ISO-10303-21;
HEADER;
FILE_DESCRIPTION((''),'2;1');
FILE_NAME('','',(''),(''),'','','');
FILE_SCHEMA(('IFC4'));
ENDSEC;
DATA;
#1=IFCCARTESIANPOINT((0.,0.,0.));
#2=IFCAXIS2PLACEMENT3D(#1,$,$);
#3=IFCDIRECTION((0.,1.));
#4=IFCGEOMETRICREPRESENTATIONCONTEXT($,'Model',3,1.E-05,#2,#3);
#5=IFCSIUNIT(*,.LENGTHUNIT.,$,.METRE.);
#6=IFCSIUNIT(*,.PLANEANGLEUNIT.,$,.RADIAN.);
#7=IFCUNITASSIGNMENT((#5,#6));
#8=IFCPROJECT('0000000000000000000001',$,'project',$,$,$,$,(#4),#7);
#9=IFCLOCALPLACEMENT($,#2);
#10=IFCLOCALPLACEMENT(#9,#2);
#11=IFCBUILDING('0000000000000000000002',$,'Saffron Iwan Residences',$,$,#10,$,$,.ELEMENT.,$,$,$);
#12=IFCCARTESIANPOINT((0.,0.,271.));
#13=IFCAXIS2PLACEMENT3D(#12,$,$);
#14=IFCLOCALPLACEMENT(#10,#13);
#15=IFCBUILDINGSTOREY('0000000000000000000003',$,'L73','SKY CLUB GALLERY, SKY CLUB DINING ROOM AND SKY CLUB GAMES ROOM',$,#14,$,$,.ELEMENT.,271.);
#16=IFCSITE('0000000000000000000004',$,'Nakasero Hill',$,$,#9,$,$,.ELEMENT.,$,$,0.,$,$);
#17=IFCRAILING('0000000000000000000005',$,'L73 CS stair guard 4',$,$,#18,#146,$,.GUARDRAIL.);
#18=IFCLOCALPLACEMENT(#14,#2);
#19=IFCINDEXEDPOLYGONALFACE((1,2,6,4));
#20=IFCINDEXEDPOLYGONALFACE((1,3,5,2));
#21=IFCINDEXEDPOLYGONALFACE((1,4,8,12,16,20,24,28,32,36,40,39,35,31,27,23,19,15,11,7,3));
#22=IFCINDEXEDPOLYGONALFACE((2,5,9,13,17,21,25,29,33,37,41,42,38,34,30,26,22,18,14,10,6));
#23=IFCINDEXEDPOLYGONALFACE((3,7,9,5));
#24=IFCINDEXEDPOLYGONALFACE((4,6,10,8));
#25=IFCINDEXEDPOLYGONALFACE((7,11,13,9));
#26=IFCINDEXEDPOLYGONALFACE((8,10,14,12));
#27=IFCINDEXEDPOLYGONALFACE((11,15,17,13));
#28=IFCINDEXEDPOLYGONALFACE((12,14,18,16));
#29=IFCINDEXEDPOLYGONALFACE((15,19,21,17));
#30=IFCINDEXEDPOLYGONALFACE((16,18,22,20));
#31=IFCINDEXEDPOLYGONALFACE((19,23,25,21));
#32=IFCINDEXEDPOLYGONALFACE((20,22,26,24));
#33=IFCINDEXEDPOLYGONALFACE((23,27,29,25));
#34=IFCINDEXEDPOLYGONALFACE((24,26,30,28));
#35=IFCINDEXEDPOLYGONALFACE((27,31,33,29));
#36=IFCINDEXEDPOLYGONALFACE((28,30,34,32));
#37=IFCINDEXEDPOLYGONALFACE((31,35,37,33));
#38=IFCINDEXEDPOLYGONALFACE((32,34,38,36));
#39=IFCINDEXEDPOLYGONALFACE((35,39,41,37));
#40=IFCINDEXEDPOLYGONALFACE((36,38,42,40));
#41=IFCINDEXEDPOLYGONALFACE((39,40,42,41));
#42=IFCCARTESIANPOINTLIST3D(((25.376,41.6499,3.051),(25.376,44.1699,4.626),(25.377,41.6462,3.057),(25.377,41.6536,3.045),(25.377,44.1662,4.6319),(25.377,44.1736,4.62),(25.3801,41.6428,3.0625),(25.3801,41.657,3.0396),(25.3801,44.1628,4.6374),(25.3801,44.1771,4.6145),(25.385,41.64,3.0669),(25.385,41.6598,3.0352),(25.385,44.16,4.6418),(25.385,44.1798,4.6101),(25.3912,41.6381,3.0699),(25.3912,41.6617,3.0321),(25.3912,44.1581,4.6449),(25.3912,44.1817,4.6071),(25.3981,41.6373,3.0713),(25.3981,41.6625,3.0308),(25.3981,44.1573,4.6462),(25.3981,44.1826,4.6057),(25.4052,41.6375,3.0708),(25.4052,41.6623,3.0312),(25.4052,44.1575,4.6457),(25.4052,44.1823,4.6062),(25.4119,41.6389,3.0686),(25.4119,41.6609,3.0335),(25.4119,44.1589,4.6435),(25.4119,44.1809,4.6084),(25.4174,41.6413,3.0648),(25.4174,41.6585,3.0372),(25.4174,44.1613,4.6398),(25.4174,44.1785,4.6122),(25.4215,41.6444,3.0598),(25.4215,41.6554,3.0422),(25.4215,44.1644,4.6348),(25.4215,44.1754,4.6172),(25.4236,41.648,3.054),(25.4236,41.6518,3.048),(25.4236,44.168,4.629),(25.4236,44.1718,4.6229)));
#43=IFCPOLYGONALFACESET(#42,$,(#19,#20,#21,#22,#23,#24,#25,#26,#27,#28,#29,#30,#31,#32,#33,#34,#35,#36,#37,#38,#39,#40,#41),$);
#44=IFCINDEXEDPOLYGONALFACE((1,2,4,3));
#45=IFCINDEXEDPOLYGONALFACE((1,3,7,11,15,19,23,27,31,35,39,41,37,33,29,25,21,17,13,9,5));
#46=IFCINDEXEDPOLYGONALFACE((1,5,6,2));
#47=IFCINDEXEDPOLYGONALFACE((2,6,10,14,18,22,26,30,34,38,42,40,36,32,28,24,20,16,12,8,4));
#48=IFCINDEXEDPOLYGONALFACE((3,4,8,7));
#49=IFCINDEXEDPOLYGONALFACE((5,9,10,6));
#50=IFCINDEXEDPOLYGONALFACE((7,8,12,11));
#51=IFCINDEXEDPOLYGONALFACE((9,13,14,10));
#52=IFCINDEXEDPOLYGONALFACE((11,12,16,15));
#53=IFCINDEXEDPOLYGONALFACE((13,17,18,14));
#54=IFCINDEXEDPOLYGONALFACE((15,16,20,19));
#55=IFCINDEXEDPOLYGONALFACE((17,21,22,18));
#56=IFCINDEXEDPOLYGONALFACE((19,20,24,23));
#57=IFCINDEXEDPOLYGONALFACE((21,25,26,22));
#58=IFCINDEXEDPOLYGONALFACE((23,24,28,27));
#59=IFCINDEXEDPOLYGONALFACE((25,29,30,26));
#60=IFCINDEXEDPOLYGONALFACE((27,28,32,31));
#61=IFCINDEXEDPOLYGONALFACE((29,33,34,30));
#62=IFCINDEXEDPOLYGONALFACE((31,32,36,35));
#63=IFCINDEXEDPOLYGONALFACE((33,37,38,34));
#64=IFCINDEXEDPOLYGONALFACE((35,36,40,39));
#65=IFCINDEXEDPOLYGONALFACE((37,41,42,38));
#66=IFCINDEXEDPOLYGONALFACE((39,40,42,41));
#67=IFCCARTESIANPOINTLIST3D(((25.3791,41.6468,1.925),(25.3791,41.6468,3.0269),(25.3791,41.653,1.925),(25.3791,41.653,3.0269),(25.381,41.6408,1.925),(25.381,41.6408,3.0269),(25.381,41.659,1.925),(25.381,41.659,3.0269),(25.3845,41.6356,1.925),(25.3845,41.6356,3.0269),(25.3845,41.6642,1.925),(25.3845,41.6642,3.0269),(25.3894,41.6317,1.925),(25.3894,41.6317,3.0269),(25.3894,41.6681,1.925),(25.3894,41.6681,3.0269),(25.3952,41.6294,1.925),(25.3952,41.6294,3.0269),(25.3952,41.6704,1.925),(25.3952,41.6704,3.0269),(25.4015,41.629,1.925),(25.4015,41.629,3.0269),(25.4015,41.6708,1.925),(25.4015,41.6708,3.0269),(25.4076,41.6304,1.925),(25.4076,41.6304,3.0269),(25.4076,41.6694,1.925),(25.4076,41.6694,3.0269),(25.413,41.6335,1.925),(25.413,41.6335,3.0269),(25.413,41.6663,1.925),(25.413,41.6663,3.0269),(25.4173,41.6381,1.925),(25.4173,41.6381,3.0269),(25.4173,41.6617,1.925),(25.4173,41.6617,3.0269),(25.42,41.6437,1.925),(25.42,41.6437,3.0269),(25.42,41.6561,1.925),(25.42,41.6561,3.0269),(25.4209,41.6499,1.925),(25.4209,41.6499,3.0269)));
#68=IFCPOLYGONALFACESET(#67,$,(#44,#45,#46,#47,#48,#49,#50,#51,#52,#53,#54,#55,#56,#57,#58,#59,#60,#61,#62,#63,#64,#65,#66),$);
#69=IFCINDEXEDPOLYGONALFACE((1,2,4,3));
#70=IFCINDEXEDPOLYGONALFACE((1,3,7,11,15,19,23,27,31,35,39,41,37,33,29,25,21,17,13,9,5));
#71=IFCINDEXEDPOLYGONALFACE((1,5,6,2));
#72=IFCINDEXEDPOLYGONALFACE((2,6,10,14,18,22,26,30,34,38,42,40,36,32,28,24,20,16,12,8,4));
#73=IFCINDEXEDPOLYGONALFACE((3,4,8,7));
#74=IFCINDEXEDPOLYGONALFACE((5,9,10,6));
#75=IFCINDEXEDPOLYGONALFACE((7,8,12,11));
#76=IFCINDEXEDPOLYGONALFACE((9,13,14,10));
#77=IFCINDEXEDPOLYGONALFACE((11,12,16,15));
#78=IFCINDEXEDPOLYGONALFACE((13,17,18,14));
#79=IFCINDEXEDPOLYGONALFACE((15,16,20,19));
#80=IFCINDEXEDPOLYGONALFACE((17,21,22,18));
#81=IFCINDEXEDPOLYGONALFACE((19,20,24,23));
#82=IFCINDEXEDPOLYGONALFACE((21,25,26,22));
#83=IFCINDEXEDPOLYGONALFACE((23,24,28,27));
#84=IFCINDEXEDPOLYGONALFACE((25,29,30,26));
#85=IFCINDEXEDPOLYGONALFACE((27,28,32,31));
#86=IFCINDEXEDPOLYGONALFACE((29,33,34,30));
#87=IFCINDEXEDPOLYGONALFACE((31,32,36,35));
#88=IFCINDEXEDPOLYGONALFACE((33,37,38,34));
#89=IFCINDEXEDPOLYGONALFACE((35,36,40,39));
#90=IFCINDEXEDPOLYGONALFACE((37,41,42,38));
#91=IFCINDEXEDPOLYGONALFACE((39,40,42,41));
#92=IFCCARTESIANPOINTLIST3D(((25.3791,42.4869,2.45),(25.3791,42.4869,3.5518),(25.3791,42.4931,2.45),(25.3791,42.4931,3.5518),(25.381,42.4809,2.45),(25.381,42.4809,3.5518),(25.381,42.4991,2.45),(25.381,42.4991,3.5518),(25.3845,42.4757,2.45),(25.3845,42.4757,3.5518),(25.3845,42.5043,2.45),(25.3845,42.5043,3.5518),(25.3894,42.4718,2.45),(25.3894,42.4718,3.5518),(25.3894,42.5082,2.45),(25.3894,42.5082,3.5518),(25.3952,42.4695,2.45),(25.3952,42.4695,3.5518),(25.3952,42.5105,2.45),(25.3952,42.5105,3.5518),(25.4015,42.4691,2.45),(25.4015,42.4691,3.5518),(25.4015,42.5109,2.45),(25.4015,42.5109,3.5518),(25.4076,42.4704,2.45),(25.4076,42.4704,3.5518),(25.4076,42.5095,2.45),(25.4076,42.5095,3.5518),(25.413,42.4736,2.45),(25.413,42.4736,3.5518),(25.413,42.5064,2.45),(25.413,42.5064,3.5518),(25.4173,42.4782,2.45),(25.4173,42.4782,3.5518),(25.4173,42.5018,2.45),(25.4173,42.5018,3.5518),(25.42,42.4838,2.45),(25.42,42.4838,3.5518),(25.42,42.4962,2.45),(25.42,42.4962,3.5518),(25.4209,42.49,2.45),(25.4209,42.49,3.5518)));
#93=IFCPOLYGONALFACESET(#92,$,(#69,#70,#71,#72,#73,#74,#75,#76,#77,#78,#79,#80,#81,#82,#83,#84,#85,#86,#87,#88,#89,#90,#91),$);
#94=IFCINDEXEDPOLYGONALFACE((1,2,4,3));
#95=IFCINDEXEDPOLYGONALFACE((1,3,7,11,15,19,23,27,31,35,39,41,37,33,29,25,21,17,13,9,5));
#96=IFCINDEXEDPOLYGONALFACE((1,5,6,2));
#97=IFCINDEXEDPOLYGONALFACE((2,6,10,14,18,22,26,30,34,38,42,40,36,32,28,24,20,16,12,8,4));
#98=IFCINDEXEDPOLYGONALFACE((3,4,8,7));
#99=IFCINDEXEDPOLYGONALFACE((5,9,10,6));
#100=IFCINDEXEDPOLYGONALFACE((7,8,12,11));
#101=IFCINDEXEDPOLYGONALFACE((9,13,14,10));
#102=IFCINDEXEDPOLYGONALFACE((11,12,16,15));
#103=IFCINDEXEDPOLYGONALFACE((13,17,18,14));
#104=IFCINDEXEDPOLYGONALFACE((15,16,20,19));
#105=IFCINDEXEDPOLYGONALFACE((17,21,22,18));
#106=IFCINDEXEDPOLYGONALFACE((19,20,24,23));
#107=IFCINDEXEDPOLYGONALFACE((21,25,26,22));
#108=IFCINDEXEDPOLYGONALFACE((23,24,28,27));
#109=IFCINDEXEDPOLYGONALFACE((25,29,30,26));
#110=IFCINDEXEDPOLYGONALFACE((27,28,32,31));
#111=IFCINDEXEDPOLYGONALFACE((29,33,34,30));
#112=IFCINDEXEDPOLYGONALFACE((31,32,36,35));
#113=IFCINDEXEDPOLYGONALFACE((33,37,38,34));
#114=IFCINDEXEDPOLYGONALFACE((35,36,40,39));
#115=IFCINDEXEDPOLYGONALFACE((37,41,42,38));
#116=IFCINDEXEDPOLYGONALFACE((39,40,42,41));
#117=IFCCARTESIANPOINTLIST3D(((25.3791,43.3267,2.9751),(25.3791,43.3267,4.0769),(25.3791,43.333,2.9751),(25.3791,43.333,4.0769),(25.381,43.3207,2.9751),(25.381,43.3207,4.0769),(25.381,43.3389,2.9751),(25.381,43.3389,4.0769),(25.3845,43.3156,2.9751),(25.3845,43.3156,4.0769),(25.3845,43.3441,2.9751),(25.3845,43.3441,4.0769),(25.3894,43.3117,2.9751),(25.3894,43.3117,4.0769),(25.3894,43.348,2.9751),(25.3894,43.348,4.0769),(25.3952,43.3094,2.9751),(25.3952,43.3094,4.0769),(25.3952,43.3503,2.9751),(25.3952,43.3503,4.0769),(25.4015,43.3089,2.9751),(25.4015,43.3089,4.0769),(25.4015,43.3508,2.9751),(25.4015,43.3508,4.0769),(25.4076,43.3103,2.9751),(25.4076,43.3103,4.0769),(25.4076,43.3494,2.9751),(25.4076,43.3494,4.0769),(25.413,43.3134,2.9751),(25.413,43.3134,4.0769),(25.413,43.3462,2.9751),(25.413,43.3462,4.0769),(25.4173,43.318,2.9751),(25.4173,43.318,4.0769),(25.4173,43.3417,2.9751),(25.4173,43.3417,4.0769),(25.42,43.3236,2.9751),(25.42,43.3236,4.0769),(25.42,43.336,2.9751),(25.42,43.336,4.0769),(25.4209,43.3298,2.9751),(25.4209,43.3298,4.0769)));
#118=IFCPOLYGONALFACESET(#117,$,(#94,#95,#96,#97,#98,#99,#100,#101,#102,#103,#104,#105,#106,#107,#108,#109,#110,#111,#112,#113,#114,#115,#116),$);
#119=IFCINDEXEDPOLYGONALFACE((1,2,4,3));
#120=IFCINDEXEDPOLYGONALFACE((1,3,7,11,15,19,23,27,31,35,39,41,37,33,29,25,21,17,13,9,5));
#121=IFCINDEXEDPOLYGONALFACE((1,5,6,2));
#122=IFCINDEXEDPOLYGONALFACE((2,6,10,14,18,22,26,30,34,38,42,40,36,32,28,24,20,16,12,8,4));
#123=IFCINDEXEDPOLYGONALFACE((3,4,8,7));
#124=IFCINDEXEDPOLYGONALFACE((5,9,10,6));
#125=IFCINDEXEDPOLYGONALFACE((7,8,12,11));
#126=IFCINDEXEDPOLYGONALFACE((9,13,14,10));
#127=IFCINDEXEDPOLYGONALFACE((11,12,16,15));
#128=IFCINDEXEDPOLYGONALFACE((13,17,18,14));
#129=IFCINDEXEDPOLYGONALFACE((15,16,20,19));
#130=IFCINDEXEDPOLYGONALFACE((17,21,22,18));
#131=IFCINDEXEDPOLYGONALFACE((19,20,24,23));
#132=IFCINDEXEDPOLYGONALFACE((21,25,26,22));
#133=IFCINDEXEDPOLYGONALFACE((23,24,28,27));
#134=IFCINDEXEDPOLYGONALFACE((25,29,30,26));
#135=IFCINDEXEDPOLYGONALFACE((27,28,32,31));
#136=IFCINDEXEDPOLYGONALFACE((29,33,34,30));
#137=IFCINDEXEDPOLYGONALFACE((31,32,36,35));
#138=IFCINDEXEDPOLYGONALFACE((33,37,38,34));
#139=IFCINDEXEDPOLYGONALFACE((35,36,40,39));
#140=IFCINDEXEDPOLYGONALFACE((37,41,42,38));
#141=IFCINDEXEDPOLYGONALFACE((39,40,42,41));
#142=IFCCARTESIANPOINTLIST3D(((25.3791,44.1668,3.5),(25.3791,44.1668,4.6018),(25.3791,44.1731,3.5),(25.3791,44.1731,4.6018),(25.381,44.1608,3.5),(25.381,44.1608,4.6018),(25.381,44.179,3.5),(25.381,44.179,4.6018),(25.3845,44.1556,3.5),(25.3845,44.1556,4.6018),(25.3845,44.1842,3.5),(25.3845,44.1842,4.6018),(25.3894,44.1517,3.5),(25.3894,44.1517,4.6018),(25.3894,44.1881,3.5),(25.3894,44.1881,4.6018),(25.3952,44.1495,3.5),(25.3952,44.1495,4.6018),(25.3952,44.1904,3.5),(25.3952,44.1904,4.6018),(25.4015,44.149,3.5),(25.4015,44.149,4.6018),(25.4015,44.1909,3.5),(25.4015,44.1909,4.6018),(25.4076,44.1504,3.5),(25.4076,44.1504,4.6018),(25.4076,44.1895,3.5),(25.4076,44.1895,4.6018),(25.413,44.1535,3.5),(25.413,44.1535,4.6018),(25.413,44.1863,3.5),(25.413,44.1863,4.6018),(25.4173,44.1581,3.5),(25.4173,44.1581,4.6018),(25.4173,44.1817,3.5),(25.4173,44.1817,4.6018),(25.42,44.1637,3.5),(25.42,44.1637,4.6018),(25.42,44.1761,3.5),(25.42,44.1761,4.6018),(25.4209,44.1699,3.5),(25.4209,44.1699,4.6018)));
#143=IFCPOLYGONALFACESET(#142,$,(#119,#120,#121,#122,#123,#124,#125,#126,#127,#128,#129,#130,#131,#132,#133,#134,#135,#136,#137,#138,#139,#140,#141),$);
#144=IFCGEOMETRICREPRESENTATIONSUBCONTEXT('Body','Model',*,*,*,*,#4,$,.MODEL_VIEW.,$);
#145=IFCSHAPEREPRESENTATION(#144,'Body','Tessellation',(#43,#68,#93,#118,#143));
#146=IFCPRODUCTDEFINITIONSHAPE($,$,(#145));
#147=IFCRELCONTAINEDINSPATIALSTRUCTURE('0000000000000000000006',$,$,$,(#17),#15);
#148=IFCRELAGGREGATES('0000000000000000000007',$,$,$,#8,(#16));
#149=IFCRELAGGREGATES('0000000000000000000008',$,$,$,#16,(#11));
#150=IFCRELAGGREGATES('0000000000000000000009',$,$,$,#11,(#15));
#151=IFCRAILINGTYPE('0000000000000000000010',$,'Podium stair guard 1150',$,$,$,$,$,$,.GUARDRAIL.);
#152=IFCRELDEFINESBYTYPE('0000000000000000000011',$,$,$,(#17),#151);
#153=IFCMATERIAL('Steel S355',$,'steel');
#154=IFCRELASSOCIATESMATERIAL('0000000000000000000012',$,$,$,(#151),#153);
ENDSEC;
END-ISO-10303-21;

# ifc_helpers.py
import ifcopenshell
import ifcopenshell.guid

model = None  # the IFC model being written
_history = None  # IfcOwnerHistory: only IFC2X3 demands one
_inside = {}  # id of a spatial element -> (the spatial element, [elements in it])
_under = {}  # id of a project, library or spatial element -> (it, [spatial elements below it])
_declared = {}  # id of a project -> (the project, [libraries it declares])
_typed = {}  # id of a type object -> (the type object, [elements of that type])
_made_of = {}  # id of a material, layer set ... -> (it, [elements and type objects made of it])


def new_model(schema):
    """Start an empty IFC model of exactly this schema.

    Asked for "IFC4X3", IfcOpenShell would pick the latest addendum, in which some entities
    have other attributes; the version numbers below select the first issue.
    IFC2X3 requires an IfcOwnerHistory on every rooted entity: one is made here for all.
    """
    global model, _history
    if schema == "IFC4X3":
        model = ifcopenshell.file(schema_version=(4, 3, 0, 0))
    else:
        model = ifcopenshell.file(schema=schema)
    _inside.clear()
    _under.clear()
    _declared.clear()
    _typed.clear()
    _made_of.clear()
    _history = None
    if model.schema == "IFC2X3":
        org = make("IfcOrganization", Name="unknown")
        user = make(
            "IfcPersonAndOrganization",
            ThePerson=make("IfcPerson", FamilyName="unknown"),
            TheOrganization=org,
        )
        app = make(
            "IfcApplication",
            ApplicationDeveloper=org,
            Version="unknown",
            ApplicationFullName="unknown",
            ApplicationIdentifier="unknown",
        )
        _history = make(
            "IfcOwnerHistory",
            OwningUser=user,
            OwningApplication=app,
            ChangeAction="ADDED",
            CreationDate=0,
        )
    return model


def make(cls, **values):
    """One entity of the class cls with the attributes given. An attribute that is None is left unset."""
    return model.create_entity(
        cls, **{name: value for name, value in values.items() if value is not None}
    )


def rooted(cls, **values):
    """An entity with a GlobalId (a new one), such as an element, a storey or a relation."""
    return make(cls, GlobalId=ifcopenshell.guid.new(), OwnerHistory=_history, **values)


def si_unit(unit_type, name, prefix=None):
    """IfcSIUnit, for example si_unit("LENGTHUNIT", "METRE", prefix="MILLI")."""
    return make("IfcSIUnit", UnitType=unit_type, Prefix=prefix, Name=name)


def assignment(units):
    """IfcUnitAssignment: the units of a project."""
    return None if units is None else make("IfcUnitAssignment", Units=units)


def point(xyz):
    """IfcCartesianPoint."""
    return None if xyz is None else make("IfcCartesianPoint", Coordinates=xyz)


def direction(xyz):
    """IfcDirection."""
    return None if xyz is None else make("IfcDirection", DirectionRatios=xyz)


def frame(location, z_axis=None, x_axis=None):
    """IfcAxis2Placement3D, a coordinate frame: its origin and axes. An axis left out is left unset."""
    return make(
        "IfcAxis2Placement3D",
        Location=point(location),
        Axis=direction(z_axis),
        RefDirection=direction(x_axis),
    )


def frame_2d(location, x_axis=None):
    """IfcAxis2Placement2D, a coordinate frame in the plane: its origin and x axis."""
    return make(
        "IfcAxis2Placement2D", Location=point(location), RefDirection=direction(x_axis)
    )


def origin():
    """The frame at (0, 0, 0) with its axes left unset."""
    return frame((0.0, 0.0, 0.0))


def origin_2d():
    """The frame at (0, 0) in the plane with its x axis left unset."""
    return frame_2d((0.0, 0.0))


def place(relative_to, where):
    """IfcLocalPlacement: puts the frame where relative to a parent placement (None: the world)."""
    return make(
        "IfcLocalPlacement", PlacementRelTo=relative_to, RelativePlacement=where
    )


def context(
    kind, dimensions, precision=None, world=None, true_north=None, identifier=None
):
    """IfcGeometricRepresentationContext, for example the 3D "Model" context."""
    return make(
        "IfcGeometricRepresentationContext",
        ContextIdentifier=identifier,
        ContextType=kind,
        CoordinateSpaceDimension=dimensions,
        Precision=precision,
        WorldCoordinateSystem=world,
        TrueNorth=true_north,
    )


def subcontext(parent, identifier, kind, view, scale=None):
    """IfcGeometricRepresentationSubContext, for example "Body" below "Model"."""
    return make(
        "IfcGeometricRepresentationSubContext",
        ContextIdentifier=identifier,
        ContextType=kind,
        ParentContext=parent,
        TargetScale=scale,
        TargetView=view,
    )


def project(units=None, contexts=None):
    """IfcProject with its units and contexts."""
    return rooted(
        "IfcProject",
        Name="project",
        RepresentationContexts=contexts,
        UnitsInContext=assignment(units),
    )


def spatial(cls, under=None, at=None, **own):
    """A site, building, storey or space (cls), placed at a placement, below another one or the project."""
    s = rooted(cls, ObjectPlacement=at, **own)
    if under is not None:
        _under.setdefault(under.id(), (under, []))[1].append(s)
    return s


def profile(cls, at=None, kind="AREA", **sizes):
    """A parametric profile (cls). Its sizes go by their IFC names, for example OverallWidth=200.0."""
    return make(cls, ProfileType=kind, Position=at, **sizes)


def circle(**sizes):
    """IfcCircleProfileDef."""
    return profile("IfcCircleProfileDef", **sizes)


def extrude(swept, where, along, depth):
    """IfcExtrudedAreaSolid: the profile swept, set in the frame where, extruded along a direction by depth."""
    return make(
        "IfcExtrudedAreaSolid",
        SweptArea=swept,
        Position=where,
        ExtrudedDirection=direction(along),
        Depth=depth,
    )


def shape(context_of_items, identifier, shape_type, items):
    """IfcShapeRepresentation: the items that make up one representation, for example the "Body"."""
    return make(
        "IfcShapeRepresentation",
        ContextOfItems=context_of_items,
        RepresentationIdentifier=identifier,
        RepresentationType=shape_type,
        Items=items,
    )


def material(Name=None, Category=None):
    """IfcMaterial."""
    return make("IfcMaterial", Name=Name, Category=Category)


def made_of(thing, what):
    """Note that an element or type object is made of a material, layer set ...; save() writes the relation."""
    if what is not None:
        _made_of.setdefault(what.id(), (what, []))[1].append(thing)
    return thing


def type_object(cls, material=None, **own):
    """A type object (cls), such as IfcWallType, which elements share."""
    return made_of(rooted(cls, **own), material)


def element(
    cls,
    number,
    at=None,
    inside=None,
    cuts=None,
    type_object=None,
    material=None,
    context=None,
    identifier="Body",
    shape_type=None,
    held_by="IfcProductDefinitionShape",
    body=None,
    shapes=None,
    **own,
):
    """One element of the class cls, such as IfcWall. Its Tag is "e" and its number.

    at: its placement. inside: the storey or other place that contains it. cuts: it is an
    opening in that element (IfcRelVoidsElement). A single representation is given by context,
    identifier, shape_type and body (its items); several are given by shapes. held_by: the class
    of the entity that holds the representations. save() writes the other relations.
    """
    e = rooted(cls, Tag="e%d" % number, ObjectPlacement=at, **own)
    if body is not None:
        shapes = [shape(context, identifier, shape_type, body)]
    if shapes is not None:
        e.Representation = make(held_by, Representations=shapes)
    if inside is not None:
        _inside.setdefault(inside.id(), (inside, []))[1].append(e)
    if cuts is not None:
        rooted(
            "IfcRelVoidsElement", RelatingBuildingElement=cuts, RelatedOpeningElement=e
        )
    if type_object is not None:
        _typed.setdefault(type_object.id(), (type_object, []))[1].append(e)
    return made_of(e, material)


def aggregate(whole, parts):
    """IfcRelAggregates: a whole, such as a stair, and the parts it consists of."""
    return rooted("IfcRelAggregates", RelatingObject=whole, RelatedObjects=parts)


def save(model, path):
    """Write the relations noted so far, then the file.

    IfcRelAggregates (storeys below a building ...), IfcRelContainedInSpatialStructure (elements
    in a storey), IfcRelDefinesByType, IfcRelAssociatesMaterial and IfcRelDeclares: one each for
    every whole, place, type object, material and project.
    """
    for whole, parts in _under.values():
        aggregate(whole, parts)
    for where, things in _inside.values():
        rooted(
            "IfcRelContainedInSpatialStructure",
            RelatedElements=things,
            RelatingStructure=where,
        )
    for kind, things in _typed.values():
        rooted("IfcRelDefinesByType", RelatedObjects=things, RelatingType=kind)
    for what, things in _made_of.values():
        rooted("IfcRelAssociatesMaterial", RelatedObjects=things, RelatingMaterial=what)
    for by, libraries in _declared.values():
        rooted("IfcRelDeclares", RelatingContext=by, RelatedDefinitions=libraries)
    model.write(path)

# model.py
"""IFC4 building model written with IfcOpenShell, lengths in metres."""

from ifc_helpers import new_model, si_unit, direction, frame, origin, origin_2d, place, context, subcontext, project, spatial, circle, extrude, material, type_object, element, save


model = new_model("IFC4")

# Units and contexts
model_context = context("Model", 3, precision=1e-05, world=origin(), true_north=direction((0.0, 1.0)))
body_context = subcontext(model_context, "Body", "Model", "MODEL_VIEW")
ifc_project = project(units=[si_unit("LENGTHUNIT", "METRE"), si_unit("PLANEANGLEUNIT", "RADIAN")], contexts=[model_context])

# Site, building, storey
site_placement = place(None, origin())
site = spatial("IfcSite", under=ifc_project, at=site_placement, Name="Nakasero Hill", CompositionType="ELEMENT", RefElevation=0.0)
building_placement = place(site_placement, origin())
building = spatial("IfcBuilding", under=site, at=building_placement, Name="Saffron Iwan Residences", CompositionType="ELEMENT")
storey_placement = place(building_placement, frame((0.0, 0.0, 271.0)))
storey = spatial("IfcBuildingStorey", under=building, at=storey_placement, Name="L73", Description="SKY CLUB GALLERY, SKY CLUB DINING ROOM AND SKY CLUB GAMES ROOM", CompositionType="ELEMENT", Elevation=271.0)

# Railing
ifc_material_1 = material(Name="Steel S355", Category="steel")
railing_type_1 = type_object("IfcRailingType", Name="Podium stair guard 1150", PredefinedType="GUARDRAIL", material=ifc_material_1)
railing_1_placement = place(storey_placement, frame((25.3999, 41.6499, 1.925)))
element("IfcRailing", 1, at=railing_1_placement, inside=storey, type_object=railing_type_1, Name="L73 CS stair guard 4", PredefinedType="GUARDRAIL", context=body_context, shape_type="SweptSolid", body=[
    extrude(circle(Radius=0.0239, at=origin_2d()), frame((0.0, 0.0, 1.126), z_axis=(0.0, 0.848008, 0.529984), x_axis=(-1.0, 0.0, 0.0)), (0.0, 0.0, 1.0), 2.9717),
    extrude(circle(Radius=0.021, at=origin_2d()), origin(), (0.0, 0.0, 1.0), 1.1018),
    extrude(circle(Radius=0.021, at=origin_2d()), frame((0.0, 0.8401, 0.5249)), (0.0, 0.0, 1.0), 1.1018),
    extrude(circle(Radius=0.021, at=origin_2d()), frame((0.0, 1.6799, 1.05)), (0.0, 0.0, 1.0), 1.1018),
    extrude(circle(Radius=0.021, at=origin_2d()), frame((0.0, 2.52, 1.575)), (0.0, 0.0, 1.0), 1.1018),
])

save(model, "model.ifc")
